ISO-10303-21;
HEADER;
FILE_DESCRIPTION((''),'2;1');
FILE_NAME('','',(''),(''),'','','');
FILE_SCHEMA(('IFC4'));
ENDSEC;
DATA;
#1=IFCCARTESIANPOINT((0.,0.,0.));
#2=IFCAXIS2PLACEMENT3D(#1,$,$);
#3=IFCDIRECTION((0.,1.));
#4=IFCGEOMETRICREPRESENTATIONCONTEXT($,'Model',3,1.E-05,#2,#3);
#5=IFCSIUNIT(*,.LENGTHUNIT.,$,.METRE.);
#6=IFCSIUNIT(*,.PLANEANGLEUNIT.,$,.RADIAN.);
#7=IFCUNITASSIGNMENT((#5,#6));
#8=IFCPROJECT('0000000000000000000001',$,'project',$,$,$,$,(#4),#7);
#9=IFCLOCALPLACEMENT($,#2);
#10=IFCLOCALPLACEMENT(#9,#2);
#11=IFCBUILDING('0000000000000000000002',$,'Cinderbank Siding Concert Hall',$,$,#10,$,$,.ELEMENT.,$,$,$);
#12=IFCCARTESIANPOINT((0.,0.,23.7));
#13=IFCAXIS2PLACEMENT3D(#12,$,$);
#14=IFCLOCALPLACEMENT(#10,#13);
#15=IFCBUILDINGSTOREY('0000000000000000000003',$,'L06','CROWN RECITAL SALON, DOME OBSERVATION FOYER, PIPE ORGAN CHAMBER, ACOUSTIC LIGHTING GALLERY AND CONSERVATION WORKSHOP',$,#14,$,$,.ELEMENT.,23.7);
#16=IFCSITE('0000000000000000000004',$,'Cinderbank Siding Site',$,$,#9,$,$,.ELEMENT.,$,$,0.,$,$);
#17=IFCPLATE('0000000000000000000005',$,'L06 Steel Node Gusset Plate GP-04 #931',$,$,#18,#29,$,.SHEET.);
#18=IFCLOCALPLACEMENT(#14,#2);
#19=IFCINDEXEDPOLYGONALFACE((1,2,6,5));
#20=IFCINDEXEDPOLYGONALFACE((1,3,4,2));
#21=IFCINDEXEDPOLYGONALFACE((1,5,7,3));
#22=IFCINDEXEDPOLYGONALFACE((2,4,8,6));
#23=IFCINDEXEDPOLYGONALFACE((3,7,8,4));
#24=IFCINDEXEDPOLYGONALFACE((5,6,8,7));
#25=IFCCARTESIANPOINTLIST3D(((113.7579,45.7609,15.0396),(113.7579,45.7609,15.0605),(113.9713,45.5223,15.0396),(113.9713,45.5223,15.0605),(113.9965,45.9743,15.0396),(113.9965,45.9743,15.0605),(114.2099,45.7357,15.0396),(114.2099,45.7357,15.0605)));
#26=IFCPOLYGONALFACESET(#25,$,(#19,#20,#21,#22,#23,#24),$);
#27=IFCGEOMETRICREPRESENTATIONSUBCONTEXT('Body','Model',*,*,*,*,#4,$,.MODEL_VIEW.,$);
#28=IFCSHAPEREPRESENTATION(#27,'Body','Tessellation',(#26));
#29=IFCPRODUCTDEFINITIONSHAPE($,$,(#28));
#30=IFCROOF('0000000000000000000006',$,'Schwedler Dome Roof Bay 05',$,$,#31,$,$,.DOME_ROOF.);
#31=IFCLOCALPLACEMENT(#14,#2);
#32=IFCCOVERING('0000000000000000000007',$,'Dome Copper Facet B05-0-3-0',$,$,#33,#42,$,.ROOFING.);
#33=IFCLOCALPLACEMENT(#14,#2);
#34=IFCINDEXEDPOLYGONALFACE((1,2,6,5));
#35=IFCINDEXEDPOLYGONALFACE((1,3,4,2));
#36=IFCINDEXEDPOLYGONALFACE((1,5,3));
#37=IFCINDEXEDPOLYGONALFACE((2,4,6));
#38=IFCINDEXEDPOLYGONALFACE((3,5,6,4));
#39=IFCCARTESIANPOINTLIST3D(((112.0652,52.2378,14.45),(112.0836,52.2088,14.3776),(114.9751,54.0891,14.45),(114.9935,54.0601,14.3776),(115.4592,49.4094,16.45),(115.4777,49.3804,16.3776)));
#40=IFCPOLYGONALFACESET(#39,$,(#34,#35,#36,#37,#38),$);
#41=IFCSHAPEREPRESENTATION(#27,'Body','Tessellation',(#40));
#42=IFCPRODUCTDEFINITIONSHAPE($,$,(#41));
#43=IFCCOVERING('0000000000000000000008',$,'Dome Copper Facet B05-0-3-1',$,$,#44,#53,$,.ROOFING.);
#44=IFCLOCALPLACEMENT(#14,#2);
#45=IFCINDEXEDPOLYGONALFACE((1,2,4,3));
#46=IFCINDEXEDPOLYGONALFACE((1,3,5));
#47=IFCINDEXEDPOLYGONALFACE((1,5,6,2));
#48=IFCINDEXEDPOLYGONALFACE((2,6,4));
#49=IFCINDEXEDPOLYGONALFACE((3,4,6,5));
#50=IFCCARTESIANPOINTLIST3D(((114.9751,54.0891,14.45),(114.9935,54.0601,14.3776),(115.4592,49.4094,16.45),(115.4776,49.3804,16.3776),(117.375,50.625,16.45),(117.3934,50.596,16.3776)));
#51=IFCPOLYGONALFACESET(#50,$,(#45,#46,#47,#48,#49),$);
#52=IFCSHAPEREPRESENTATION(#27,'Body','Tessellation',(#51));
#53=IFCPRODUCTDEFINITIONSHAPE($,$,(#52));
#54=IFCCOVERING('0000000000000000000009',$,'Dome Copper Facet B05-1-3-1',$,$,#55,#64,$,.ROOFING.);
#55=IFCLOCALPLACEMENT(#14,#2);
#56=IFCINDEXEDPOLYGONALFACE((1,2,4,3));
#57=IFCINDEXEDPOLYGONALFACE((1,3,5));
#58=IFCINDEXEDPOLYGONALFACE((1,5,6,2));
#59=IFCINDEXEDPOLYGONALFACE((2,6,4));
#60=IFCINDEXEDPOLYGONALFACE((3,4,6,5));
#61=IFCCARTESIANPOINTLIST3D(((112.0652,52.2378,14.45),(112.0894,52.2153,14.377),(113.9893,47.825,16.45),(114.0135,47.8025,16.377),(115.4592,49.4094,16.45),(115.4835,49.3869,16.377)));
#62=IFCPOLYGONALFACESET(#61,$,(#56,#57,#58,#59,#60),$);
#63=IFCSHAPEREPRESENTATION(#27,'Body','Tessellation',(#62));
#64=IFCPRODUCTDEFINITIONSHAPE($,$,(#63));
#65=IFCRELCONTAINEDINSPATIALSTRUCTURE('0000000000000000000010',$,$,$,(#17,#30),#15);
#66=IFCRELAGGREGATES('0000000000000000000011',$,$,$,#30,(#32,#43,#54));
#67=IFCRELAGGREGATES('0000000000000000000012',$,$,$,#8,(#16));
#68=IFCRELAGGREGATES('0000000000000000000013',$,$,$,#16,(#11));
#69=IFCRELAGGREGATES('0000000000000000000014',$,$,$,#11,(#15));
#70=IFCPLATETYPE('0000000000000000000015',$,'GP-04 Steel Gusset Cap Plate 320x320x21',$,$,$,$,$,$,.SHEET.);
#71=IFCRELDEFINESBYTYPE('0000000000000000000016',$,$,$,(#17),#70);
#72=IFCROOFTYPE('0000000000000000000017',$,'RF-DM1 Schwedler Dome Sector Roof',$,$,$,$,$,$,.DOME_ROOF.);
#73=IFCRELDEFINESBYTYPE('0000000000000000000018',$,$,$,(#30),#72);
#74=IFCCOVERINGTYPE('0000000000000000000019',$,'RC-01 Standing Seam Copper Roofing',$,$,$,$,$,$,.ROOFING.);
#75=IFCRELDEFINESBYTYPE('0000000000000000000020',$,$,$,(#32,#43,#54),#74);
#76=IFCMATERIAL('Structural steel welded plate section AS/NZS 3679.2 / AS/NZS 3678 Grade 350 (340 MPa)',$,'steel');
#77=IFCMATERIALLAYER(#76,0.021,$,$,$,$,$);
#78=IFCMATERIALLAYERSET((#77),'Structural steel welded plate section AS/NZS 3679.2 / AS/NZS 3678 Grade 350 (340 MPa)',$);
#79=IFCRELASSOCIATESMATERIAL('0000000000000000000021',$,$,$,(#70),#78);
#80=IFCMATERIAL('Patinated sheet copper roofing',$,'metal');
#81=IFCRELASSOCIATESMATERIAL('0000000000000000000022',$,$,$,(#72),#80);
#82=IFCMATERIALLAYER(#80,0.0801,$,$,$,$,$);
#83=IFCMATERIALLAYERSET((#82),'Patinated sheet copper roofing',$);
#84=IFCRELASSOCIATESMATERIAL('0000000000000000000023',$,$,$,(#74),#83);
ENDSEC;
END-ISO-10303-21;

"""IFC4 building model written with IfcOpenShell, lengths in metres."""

from ifc_helpers import new_model, si_unit, direction, frame, origin, origin_2d, place, context, subcontext, project, spatial, polyline, rectangle, outline, extrude, material, layer, layer_set, type_object, element, aggregate, save


model = new_model("IFC4")

# Units and contexts
model_context = context("Model", 3, precision=1e-05, world=origin(), true_north=direction((0.0, 1.0)))
body_context = subcontext(model_context, "Body", "Model", "MODEL_VIEW")
ifc_project = project(units=[si_unit("LENGTHUNIT", "METRE"), si_unit("PLANEANGLEUNIT", "RADIAN")], contexts=[model_context])

# Site, building, storey
site_placement = place(None, origin())
site = spatial("IfcSite", under=ifc_project, at=site_placement, Name="Cinderbank Siding Site", CompositionType="ELEMENT", RefElevation=0.0)
building_placement = place(site_placement, origin())
building = spatial("IfcBuilding", under=site, at=building_placement, Name="Cinderbank Siding Concert Hall", CompositionType="ELEMENT")
storey_placement = place(building_placement, frame((0.0, 0.0, 23.7)))
storey = spatial("IfcBuildingStorey", under=building, at=storey_placement, Name="L06", Description="CROWN RECITAL SALON, DOME OBSERVATION FOYER, PIPE ORGAN CHAMBER, ACOUSTIC LIGHTING GALLERY AND CONSERVATION WORKSHOP", CompositionType="ELEMENT", Elevation=23.7)

# Plate
ifc_material_1 = material(Name="Structural steel welded plate section AS/NZS 3679.2 / AS/NZS 3678 Grade 350 (340 MPa)", Category="steel")
ifc_layer_1 = layer(ifc_material_1, 0.021)
ifc_layer_set_1 = layer_set([ifc_layer_1], Name="Structural steel welded plate section AS/NZS 3679.2 / AS/NZS 3678 Grade 350 (340 MPa)")
plate_type_1 = type_object("IfcPlateType", Name="GP-04 Steel Gusset Cap Plate 320x320x21", PredefinedType="SHEET", material=ifc_layer_set_1)
plate_1_placement = place(storey_placement, frame((113.9839, 45.7483, 15.0396), z_axis=(0.0, 0.0, 1.0), x_axis=(0.666532, -0.745476, 0.0)))
element("IfcPlate", 1, at=plate_1_placement, inside=storey, type_object=plate_type_1, Name="L06 Steel Node Gusset Plate GP-04 #931", PredefinedType="SHEET", context=body_context, shape_type="SweptSolid", body=[
    extrude(rectangle(XDim=0.3201, YDim=0.3201, at=origin_2d()), origin(), (0.0, 0.0, 1.0), 0.021),
])

# Roof, coverings
ifc_material_2 = material(Name="Patinated sheet copper roofing", Category="metal")
roof_type = type_object("IfcRoofType", Name="RF-DM1 Schwedler Dome Sector Roof", PredefinedType="DOME_ROOF", material=ifc_material_2)
roof_placement = place(storey_placement, origin())
roof = element("IfcRoof", 2, at=roof_placement, inside=storey, type_object=roof_type, Name="Schwedler Dome Roof Bay 05", PredefinedType="DOME_ROOF")
ifc_layer_2 = layer(ifc_material_2, 0.0801)
ifc_layer_set_2 = layer_set([ifc_layer_2], Name="Patinated sheet copper roofing")
covering_type = type_object("IfcCoveringType", Name="RC-01 Standing Seam Copper Roofing", PredefinedType="ROOFING", material=ifc_layer_set_2)
covering_1_placement = place(storey_placement, frame((114.9751, 54.0891, 14.45), z_axis=(-0.230414, 0.362166, 0.903186), x_axis=(-0.84372, -0.536784, 0.0)))
covering_1 = element("IfcCovering", 3, at=covering_1_placement, type_object=covering_type, Name="Dome Copper Facet B05-0-3-0", PredefinedType="ROOFING", context=body_context, shape_type="SweptSolid", body=[
    extrude(outline(polyline([(0.0, 0.0), (3.4489, 0.0), (2.1035, 4.6593), (0.0, 0.0)])), origin(), (0.0, 0.0, -1.0), 0.0801),
])
covering_2_placement = place(storey_placement, frame((114.9751, 54.0891, 14.45), z_axis=(-0.229861, 0.362266, 0.903287), x_axis=(0.094702, -0.915409, 0.391226)))
covering_2 = element("IfcCovering", 4, at=covering_2_placement, type_object=covering_type, Name="Dome Copper Facet B05-0-3-1", PredefinedType="ROOFING", context=body_context, shape_type="SweptSolid", body=[
    extrude(outline(polyline([(0.0, 0.0), (5.1121, 0.0), (4.1808, 2.0689), (0.0, 0.0)])), origin(), (0.0, 0.0, -1.0), 0.0801),
])
covering_3_placement = place(storey_placement, frame((112.0652, 52.2378, 14.45), z_axis=(-0.302685, 0.280812, 0.910783), x_axis=(0.369092, -0.846509, 0.383657)))
covering_3 = element("IfcCovering", 5, at=covering_3_placement, type_object=covering_type, Name="Dome Copper Facet B05-1-3-1", PredefinedType="ROOFING", context=body_context, shape_type="SweptSolid", body=[
    extrude(outline(polyline([(0.0, 0.0), (5.213, 0.0), (4.4143, 2.0083), (0.0, 0.0)])), origin(), (0.0, 0.0, -1.0), 0.0801),
])
aggregate(roof, [covering_1, covering_2, covering_3])

save(model, "model.ifc")
